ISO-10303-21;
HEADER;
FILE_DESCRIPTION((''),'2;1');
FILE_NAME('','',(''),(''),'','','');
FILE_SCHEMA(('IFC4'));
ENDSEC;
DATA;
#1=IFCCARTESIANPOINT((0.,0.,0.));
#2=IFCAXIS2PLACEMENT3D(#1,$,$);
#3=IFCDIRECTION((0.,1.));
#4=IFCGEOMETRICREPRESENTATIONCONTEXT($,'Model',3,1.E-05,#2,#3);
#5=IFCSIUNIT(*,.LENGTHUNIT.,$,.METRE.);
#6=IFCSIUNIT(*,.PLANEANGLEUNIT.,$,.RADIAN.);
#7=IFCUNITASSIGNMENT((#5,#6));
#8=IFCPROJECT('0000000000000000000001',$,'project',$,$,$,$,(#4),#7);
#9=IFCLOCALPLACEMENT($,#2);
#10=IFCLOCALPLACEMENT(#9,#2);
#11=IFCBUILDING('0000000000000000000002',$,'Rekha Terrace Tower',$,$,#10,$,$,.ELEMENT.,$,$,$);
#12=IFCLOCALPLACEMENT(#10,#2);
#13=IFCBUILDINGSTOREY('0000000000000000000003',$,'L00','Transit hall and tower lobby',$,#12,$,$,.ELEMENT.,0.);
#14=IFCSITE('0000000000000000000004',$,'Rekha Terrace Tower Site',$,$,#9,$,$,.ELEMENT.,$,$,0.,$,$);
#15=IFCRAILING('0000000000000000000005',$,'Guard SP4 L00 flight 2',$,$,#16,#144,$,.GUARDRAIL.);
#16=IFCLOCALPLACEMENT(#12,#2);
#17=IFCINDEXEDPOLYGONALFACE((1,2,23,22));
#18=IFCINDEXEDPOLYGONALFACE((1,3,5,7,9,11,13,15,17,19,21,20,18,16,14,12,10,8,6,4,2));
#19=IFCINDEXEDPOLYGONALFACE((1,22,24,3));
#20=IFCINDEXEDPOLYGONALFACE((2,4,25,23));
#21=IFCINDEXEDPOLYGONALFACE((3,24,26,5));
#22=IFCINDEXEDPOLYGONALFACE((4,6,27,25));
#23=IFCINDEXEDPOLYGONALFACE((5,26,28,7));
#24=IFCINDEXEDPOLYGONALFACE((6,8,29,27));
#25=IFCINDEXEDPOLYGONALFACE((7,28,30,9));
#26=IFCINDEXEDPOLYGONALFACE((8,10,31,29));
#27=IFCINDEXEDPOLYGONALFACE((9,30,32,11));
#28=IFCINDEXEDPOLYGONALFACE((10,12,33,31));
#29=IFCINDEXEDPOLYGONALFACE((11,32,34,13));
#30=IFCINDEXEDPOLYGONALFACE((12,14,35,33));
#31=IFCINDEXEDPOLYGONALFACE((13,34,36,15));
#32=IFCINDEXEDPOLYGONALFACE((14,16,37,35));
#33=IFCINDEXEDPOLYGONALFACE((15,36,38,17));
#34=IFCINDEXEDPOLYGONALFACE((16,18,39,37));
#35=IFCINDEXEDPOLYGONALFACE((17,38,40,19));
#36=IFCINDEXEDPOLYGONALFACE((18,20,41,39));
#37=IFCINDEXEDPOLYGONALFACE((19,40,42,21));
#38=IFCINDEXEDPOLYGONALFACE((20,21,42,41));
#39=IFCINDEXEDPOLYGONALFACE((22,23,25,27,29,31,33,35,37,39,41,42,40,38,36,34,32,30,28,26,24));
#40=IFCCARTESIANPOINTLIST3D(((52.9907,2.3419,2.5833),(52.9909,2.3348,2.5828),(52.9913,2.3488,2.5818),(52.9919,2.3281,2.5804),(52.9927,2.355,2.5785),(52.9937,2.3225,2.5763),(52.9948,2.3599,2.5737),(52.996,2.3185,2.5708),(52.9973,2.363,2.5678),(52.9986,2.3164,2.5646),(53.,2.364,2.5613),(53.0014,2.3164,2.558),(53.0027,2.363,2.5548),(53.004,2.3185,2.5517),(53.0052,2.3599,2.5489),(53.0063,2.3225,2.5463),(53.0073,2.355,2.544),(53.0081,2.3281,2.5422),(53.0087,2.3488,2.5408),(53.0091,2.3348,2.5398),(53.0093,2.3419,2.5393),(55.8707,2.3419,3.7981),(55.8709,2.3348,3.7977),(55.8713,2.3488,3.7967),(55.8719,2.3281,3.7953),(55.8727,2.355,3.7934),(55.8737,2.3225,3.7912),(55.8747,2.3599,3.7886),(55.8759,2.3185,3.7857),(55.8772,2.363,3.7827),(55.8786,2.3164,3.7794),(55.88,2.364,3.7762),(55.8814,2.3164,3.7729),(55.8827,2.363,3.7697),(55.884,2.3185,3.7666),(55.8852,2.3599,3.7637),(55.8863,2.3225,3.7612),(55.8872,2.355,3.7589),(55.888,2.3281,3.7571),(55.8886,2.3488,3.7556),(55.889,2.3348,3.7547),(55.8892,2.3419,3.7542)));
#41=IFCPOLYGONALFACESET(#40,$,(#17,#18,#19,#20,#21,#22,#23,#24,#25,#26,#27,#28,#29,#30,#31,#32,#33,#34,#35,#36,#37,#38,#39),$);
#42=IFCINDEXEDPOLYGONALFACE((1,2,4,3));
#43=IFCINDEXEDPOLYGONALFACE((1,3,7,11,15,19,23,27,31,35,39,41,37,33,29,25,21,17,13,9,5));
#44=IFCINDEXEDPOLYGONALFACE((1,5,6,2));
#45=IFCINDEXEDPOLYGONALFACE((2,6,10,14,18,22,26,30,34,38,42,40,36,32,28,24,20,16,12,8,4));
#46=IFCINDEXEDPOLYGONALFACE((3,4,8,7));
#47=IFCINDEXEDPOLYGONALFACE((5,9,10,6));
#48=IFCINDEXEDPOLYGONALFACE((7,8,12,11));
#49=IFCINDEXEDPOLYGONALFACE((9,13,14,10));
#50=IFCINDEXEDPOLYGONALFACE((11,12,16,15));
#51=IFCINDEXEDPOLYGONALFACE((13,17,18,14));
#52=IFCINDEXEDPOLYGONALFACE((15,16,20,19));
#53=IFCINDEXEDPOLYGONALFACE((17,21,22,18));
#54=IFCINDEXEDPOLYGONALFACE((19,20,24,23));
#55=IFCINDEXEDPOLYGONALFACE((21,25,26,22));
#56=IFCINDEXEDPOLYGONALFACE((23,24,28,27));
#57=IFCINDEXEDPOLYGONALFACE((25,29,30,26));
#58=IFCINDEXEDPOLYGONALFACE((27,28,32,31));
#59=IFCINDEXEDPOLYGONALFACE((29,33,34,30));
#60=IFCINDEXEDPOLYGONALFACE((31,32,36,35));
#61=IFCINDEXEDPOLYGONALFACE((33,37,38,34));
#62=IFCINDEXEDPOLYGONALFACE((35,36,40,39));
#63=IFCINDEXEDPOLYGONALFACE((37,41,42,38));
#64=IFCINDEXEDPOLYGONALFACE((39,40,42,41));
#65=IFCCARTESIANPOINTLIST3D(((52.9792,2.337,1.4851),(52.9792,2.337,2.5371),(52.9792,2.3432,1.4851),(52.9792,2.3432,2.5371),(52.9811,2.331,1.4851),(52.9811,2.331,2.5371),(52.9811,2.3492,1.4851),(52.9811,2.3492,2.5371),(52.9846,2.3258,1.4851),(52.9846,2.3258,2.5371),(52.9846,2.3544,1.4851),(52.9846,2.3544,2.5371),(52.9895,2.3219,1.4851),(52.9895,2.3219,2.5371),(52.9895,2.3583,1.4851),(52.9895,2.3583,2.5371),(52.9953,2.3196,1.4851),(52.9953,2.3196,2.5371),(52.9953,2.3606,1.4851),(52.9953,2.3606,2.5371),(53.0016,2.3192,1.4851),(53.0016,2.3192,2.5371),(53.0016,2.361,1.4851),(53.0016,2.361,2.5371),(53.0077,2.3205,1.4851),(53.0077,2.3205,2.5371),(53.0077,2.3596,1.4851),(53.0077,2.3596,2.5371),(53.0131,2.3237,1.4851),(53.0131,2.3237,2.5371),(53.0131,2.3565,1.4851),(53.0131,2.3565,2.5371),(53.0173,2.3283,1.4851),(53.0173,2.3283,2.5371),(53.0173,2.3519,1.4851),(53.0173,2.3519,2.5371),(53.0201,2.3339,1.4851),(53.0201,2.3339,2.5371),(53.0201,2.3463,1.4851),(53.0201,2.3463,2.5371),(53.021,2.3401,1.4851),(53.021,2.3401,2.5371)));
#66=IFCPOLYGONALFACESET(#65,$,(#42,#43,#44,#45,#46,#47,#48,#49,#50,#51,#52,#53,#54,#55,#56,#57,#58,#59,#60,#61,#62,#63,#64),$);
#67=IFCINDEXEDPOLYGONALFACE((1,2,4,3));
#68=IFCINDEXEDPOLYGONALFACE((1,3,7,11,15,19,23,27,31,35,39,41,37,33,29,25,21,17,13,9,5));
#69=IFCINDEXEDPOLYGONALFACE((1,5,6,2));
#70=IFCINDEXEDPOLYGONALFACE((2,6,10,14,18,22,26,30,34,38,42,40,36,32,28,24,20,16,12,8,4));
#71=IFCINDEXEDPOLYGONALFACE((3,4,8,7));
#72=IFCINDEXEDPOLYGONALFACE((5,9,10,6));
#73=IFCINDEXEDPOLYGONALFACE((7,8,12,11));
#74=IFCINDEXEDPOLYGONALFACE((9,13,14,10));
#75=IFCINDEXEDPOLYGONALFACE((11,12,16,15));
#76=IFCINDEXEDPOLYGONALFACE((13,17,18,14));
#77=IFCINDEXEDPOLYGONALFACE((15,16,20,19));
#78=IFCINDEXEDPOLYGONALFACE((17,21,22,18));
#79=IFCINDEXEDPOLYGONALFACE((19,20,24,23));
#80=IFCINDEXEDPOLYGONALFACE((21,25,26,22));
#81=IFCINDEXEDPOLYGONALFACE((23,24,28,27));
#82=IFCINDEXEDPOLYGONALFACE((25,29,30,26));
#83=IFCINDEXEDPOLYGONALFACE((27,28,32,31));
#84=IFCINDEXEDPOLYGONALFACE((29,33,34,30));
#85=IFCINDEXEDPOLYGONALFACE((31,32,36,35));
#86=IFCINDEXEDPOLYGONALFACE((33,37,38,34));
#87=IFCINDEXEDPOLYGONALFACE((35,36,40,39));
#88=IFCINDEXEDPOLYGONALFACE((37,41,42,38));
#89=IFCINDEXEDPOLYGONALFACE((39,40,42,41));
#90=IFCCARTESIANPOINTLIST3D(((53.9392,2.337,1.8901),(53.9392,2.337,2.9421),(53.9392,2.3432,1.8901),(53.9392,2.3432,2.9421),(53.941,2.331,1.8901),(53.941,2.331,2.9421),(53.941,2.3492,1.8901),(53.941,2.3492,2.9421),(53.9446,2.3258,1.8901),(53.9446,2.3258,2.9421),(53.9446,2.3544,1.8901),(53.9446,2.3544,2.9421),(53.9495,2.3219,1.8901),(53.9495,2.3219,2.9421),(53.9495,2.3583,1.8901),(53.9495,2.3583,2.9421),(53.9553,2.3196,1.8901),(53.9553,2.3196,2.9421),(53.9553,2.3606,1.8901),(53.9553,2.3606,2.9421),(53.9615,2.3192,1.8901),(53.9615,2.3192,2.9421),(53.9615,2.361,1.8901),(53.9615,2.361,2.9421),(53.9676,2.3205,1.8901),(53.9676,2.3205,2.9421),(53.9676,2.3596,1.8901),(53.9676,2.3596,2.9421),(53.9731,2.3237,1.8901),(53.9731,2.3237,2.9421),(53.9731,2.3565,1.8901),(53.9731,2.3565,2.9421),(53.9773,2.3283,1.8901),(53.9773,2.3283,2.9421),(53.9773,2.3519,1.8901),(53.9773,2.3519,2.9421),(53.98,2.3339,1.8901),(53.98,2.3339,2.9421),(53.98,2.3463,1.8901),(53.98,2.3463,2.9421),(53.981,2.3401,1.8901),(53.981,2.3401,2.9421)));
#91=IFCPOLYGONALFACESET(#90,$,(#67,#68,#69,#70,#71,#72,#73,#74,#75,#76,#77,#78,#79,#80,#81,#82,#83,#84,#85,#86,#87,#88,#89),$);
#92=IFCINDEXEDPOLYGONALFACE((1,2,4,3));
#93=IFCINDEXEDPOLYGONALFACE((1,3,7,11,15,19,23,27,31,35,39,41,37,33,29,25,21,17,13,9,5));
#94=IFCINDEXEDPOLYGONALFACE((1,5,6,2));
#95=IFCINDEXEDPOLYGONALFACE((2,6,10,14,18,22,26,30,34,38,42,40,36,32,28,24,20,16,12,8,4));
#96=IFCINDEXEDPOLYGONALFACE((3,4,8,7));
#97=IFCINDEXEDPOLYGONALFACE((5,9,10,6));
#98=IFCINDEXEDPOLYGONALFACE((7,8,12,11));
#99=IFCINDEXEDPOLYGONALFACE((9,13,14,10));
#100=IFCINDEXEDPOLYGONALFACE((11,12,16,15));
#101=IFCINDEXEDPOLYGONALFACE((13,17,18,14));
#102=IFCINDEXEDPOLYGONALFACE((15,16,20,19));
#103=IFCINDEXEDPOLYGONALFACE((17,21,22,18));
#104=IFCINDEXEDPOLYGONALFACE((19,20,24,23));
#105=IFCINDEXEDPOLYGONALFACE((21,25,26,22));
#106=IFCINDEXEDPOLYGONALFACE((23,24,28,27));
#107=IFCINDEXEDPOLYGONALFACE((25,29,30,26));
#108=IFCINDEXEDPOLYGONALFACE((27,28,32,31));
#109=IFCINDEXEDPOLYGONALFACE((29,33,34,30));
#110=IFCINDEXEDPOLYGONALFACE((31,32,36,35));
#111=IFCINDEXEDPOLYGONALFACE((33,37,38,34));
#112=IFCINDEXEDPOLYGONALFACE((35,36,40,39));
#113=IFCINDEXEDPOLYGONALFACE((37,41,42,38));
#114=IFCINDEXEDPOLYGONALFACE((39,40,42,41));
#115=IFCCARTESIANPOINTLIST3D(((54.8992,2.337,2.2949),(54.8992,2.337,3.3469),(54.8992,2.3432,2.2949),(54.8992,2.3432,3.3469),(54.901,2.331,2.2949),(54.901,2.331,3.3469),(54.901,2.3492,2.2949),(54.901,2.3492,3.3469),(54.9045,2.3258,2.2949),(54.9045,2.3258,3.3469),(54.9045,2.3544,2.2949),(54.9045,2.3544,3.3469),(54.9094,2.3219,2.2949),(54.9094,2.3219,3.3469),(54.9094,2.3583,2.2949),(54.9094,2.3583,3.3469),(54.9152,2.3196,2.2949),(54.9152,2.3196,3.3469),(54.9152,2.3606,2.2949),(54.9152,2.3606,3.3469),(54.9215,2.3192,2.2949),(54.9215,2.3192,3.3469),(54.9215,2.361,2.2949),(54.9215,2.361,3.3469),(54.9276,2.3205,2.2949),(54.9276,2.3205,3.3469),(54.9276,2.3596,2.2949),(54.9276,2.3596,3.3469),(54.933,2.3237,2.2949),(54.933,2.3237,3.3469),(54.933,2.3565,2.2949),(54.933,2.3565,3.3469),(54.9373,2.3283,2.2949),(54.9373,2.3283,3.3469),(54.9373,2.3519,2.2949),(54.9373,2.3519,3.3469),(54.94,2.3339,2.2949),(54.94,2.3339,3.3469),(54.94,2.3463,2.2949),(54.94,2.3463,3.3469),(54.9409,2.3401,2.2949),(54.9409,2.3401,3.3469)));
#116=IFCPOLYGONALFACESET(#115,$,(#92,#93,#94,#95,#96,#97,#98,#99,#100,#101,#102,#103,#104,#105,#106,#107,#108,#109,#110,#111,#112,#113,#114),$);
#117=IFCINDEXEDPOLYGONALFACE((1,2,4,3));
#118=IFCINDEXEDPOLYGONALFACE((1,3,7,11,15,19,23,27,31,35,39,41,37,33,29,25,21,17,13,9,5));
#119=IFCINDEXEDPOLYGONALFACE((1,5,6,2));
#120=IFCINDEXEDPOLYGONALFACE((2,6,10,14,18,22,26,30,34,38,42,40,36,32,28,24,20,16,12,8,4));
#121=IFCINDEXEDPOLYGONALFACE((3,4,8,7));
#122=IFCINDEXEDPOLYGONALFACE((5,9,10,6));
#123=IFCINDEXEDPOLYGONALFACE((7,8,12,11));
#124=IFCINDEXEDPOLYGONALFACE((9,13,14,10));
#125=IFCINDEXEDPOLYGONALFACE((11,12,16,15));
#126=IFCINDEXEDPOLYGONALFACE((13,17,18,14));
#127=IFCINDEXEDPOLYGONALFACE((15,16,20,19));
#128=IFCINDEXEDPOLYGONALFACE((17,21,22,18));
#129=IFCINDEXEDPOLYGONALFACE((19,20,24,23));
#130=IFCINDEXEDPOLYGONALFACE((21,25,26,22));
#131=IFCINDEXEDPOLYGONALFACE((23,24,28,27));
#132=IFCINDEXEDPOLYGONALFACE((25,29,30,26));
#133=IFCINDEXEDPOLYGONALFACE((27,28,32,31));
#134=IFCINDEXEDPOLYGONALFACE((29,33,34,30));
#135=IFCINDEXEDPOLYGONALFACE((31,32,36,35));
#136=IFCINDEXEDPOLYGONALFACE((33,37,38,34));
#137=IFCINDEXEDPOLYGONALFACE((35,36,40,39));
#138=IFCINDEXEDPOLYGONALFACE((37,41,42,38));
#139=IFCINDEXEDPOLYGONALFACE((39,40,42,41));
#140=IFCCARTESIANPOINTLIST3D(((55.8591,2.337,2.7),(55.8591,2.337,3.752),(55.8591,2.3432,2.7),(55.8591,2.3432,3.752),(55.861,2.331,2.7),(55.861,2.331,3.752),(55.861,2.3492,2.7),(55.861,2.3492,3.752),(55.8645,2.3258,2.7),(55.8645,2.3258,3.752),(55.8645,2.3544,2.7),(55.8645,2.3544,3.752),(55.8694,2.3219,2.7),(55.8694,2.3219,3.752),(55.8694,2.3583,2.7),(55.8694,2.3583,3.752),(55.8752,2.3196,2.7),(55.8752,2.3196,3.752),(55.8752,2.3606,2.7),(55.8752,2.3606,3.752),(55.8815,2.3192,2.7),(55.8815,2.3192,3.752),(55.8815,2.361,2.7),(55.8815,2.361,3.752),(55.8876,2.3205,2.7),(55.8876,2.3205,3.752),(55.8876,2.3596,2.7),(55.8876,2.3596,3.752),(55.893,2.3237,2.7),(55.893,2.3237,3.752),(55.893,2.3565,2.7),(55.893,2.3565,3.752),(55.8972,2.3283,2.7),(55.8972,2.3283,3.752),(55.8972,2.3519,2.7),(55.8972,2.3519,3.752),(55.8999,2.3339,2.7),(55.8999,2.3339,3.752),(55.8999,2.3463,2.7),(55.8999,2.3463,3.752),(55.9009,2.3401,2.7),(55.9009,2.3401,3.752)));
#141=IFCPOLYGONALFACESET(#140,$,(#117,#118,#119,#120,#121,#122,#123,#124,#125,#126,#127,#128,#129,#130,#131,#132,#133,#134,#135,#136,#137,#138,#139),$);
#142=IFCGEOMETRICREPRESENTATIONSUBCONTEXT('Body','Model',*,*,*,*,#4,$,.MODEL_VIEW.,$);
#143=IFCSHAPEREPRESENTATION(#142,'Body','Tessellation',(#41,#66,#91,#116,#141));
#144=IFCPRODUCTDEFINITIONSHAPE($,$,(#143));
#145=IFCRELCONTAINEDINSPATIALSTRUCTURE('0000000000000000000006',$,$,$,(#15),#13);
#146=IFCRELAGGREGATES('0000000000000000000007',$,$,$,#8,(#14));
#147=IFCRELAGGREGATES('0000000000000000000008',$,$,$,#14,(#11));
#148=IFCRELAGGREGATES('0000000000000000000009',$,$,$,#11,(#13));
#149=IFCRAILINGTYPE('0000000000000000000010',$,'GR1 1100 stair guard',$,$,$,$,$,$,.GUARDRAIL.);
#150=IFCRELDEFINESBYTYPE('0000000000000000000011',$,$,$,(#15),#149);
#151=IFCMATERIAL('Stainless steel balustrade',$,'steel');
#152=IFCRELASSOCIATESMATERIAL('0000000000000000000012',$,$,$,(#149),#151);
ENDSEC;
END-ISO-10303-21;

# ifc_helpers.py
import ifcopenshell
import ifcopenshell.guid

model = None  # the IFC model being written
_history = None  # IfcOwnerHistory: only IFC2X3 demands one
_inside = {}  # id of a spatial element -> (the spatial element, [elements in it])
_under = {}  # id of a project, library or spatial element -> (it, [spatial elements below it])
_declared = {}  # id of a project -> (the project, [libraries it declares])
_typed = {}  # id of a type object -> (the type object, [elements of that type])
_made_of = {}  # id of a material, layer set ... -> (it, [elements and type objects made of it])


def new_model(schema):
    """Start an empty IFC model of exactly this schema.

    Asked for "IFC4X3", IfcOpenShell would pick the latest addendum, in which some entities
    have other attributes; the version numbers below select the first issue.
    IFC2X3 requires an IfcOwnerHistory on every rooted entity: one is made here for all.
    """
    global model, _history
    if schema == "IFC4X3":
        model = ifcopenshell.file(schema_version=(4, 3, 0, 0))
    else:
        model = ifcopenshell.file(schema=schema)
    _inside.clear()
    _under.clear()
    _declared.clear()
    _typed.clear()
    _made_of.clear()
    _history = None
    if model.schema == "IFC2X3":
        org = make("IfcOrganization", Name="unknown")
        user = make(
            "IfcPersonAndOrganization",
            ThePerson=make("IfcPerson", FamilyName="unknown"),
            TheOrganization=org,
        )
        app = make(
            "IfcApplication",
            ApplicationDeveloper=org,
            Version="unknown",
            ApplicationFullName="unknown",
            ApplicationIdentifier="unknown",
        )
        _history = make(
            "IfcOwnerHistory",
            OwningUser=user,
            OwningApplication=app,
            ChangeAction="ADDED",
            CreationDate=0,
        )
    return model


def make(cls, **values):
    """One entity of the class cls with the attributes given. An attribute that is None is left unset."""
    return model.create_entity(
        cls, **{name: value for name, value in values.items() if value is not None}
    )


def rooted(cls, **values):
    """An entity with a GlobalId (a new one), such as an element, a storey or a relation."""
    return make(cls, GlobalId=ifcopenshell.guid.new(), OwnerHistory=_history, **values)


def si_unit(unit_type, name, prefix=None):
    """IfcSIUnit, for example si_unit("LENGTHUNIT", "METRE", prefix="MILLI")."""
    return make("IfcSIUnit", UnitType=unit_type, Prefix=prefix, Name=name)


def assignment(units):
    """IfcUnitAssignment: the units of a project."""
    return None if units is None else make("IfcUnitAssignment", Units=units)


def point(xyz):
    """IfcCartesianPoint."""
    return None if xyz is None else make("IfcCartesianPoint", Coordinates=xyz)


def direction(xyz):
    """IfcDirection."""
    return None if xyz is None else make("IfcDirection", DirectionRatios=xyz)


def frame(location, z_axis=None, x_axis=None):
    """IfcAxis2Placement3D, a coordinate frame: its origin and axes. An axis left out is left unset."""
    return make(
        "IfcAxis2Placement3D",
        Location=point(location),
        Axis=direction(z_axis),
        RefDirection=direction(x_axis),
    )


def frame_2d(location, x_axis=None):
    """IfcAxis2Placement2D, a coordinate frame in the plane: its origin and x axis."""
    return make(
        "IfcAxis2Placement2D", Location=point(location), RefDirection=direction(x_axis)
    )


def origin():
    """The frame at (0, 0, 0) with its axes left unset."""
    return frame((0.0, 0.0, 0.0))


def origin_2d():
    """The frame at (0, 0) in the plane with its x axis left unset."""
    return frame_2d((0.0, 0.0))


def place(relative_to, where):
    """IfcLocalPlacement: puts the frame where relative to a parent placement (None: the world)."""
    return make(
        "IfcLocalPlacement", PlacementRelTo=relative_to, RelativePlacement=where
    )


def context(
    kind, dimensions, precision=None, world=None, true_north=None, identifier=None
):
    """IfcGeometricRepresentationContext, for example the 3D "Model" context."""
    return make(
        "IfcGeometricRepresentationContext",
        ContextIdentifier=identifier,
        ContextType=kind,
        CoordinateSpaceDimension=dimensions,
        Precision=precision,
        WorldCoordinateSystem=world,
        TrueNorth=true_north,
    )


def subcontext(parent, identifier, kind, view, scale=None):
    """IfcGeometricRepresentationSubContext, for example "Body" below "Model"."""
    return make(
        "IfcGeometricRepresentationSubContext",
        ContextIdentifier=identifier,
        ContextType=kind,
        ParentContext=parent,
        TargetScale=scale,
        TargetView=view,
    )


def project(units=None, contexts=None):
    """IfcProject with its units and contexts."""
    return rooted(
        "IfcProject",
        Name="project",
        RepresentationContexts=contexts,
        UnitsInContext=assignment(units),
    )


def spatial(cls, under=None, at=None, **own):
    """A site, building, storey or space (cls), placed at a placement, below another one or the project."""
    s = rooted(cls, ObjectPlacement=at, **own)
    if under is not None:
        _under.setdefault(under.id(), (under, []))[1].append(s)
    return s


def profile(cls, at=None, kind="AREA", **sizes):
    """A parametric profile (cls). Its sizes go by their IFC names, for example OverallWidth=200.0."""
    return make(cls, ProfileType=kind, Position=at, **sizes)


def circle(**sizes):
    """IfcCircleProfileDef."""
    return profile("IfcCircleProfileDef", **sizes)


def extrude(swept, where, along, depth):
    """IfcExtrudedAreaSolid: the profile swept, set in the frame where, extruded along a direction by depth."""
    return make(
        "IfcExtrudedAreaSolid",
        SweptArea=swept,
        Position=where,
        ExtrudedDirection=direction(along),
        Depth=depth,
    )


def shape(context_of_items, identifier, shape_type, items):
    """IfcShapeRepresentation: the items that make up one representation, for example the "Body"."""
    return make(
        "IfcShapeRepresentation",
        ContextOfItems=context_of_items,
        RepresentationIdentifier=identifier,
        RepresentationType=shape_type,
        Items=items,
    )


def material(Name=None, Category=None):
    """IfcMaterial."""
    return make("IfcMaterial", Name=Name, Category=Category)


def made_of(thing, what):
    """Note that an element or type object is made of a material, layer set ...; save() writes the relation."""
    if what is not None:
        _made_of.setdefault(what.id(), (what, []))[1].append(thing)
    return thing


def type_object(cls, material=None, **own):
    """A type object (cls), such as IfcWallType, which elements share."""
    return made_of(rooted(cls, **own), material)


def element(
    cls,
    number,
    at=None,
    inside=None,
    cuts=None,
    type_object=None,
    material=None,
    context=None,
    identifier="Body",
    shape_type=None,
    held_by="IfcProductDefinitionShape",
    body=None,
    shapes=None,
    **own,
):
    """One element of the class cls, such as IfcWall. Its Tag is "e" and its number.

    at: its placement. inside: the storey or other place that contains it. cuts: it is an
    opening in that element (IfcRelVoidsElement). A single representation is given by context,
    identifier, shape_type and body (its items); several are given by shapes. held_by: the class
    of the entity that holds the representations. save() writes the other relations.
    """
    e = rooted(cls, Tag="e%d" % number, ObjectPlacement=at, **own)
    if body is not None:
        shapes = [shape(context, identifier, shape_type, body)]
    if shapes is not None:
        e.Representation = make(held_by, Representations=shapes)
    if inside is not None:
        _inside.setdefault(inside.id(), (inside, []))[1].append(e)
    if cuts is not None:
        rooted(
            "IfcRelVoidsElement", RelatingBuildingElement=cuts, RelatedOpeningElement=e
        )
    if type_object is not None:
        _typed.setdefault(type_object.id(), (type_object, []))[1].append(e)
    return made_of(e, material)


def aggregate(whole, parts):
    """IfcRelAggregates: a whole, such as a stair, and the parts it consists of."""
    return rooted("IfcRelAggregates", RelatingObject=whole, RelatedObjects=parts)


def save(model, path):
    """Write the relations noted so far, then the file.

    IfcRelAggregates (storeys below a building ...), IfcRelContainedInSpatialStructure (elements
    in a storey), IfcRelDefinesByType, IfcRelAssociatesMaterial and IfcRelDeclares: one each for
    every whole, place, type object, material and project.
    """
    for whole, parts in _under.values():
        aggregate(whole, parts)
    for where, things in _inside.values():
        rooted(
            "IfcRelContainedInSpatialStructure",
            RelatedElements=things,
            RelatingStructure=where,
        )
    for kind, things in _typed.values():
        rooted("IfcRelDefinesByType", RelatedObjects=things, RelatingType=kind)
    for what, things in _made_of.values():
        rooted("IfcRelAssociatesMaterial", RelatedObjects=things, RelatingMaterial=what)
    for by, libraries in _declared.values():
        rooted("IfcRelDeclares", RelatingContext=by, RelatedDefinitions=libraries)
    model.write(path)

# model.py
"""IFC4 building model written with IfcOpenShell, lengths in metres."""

from ifc_helpers import new_model, si_unit, direction, frame, origin, origin_2d, place, context, subcontext, project, spatial, circle, extrude, material, type_object, element, save


model = new_model("IFC4")

# Units and contexts
model_context = context("Model", 3, precision=1e-05, world=origin(), true_north=direction((0.0, 1.0)))
body_context = subcontext(model_context, "Body", "Model", "MODEL_VIEW")
ifc_project = project(units=[si_unit("LENGTHUNIT", "METRE"), si_unit("PLANEANGLEUNIT", "RADIAN")], contexts=[model_context])

# Site, building, storey
site_placement = place(None, origin())
site = spatial("IfcSite", under=ifc_project, at=site_placement, Name="Rekha Terrace Tower Site", CompositionType="ELEMENT", RefElevation=0.0)
building_placement = place(site_placement, origin())
building = spatial("IfcBuilding", under=site, at=building_placement, Name="Rekha Terrace Tower", CompositionType="ELEMENT")
storey_placement = place(building_placement, origin())
storey = spatial("IfcBuildingStorey", under=building, at=storey_placement, Name="L00", Description="Transit hall and tower lobby", CompositionType="ELEMENT", Elevation=0.0)

# Railing
ifc_material_1 = material(Name="Stainless steel balustrade", Category="steel")
railing_type_1 = type_object("IfcRailingType", Name="GR1 1100 stair guard", PredefinedType="GUARDRAIL", material=ifc_material_1)
railing_1_placement = place(storey_placement, frame((53.0, 2.3401, 1.4851)))
element("IfcRailing", 1, at=railing_1_placement, inside=storey, type_object=railing_type_1, Name="Guard SP4 L00 flight 2", PredefinedType="GUARDRAIL", context=body_context, shape_type="SweptSolid", body=[
    extrude(circle(Radius=0.0239, at=origin_2d()), frame((0.0, 0.0, 1.0762), z_axis=(0.921376, 0.0, 0.388671), x_axis=(0.0, 1.0, 0.0)), (0.0, 0.0, 1.0), 3.1257),
    extrude(circle(Radius=0.021, at=origin_2d()), origin(), (0.0, 0.0, 1.0), 1.052),
    extrude(circle(Radius=0.021, at=origin_2d()), frame((0.96, 0.0, 0.405)), (0.0, 0.0, 1.0), 1.052),
    extrude(circle(Radius=0.021, at=origin_2d()), frame((1.9199, 0.0, 0.8098)), (0.0, 0.0, 1.0), 1.052),
    extrude(circle(Radius=0.021, at=origin_2d()), frame((2.8799, 0.0, 1.2148)), (0.0, 0.0, 1.0), 1.052),
])

save(model, "model.ifc")
